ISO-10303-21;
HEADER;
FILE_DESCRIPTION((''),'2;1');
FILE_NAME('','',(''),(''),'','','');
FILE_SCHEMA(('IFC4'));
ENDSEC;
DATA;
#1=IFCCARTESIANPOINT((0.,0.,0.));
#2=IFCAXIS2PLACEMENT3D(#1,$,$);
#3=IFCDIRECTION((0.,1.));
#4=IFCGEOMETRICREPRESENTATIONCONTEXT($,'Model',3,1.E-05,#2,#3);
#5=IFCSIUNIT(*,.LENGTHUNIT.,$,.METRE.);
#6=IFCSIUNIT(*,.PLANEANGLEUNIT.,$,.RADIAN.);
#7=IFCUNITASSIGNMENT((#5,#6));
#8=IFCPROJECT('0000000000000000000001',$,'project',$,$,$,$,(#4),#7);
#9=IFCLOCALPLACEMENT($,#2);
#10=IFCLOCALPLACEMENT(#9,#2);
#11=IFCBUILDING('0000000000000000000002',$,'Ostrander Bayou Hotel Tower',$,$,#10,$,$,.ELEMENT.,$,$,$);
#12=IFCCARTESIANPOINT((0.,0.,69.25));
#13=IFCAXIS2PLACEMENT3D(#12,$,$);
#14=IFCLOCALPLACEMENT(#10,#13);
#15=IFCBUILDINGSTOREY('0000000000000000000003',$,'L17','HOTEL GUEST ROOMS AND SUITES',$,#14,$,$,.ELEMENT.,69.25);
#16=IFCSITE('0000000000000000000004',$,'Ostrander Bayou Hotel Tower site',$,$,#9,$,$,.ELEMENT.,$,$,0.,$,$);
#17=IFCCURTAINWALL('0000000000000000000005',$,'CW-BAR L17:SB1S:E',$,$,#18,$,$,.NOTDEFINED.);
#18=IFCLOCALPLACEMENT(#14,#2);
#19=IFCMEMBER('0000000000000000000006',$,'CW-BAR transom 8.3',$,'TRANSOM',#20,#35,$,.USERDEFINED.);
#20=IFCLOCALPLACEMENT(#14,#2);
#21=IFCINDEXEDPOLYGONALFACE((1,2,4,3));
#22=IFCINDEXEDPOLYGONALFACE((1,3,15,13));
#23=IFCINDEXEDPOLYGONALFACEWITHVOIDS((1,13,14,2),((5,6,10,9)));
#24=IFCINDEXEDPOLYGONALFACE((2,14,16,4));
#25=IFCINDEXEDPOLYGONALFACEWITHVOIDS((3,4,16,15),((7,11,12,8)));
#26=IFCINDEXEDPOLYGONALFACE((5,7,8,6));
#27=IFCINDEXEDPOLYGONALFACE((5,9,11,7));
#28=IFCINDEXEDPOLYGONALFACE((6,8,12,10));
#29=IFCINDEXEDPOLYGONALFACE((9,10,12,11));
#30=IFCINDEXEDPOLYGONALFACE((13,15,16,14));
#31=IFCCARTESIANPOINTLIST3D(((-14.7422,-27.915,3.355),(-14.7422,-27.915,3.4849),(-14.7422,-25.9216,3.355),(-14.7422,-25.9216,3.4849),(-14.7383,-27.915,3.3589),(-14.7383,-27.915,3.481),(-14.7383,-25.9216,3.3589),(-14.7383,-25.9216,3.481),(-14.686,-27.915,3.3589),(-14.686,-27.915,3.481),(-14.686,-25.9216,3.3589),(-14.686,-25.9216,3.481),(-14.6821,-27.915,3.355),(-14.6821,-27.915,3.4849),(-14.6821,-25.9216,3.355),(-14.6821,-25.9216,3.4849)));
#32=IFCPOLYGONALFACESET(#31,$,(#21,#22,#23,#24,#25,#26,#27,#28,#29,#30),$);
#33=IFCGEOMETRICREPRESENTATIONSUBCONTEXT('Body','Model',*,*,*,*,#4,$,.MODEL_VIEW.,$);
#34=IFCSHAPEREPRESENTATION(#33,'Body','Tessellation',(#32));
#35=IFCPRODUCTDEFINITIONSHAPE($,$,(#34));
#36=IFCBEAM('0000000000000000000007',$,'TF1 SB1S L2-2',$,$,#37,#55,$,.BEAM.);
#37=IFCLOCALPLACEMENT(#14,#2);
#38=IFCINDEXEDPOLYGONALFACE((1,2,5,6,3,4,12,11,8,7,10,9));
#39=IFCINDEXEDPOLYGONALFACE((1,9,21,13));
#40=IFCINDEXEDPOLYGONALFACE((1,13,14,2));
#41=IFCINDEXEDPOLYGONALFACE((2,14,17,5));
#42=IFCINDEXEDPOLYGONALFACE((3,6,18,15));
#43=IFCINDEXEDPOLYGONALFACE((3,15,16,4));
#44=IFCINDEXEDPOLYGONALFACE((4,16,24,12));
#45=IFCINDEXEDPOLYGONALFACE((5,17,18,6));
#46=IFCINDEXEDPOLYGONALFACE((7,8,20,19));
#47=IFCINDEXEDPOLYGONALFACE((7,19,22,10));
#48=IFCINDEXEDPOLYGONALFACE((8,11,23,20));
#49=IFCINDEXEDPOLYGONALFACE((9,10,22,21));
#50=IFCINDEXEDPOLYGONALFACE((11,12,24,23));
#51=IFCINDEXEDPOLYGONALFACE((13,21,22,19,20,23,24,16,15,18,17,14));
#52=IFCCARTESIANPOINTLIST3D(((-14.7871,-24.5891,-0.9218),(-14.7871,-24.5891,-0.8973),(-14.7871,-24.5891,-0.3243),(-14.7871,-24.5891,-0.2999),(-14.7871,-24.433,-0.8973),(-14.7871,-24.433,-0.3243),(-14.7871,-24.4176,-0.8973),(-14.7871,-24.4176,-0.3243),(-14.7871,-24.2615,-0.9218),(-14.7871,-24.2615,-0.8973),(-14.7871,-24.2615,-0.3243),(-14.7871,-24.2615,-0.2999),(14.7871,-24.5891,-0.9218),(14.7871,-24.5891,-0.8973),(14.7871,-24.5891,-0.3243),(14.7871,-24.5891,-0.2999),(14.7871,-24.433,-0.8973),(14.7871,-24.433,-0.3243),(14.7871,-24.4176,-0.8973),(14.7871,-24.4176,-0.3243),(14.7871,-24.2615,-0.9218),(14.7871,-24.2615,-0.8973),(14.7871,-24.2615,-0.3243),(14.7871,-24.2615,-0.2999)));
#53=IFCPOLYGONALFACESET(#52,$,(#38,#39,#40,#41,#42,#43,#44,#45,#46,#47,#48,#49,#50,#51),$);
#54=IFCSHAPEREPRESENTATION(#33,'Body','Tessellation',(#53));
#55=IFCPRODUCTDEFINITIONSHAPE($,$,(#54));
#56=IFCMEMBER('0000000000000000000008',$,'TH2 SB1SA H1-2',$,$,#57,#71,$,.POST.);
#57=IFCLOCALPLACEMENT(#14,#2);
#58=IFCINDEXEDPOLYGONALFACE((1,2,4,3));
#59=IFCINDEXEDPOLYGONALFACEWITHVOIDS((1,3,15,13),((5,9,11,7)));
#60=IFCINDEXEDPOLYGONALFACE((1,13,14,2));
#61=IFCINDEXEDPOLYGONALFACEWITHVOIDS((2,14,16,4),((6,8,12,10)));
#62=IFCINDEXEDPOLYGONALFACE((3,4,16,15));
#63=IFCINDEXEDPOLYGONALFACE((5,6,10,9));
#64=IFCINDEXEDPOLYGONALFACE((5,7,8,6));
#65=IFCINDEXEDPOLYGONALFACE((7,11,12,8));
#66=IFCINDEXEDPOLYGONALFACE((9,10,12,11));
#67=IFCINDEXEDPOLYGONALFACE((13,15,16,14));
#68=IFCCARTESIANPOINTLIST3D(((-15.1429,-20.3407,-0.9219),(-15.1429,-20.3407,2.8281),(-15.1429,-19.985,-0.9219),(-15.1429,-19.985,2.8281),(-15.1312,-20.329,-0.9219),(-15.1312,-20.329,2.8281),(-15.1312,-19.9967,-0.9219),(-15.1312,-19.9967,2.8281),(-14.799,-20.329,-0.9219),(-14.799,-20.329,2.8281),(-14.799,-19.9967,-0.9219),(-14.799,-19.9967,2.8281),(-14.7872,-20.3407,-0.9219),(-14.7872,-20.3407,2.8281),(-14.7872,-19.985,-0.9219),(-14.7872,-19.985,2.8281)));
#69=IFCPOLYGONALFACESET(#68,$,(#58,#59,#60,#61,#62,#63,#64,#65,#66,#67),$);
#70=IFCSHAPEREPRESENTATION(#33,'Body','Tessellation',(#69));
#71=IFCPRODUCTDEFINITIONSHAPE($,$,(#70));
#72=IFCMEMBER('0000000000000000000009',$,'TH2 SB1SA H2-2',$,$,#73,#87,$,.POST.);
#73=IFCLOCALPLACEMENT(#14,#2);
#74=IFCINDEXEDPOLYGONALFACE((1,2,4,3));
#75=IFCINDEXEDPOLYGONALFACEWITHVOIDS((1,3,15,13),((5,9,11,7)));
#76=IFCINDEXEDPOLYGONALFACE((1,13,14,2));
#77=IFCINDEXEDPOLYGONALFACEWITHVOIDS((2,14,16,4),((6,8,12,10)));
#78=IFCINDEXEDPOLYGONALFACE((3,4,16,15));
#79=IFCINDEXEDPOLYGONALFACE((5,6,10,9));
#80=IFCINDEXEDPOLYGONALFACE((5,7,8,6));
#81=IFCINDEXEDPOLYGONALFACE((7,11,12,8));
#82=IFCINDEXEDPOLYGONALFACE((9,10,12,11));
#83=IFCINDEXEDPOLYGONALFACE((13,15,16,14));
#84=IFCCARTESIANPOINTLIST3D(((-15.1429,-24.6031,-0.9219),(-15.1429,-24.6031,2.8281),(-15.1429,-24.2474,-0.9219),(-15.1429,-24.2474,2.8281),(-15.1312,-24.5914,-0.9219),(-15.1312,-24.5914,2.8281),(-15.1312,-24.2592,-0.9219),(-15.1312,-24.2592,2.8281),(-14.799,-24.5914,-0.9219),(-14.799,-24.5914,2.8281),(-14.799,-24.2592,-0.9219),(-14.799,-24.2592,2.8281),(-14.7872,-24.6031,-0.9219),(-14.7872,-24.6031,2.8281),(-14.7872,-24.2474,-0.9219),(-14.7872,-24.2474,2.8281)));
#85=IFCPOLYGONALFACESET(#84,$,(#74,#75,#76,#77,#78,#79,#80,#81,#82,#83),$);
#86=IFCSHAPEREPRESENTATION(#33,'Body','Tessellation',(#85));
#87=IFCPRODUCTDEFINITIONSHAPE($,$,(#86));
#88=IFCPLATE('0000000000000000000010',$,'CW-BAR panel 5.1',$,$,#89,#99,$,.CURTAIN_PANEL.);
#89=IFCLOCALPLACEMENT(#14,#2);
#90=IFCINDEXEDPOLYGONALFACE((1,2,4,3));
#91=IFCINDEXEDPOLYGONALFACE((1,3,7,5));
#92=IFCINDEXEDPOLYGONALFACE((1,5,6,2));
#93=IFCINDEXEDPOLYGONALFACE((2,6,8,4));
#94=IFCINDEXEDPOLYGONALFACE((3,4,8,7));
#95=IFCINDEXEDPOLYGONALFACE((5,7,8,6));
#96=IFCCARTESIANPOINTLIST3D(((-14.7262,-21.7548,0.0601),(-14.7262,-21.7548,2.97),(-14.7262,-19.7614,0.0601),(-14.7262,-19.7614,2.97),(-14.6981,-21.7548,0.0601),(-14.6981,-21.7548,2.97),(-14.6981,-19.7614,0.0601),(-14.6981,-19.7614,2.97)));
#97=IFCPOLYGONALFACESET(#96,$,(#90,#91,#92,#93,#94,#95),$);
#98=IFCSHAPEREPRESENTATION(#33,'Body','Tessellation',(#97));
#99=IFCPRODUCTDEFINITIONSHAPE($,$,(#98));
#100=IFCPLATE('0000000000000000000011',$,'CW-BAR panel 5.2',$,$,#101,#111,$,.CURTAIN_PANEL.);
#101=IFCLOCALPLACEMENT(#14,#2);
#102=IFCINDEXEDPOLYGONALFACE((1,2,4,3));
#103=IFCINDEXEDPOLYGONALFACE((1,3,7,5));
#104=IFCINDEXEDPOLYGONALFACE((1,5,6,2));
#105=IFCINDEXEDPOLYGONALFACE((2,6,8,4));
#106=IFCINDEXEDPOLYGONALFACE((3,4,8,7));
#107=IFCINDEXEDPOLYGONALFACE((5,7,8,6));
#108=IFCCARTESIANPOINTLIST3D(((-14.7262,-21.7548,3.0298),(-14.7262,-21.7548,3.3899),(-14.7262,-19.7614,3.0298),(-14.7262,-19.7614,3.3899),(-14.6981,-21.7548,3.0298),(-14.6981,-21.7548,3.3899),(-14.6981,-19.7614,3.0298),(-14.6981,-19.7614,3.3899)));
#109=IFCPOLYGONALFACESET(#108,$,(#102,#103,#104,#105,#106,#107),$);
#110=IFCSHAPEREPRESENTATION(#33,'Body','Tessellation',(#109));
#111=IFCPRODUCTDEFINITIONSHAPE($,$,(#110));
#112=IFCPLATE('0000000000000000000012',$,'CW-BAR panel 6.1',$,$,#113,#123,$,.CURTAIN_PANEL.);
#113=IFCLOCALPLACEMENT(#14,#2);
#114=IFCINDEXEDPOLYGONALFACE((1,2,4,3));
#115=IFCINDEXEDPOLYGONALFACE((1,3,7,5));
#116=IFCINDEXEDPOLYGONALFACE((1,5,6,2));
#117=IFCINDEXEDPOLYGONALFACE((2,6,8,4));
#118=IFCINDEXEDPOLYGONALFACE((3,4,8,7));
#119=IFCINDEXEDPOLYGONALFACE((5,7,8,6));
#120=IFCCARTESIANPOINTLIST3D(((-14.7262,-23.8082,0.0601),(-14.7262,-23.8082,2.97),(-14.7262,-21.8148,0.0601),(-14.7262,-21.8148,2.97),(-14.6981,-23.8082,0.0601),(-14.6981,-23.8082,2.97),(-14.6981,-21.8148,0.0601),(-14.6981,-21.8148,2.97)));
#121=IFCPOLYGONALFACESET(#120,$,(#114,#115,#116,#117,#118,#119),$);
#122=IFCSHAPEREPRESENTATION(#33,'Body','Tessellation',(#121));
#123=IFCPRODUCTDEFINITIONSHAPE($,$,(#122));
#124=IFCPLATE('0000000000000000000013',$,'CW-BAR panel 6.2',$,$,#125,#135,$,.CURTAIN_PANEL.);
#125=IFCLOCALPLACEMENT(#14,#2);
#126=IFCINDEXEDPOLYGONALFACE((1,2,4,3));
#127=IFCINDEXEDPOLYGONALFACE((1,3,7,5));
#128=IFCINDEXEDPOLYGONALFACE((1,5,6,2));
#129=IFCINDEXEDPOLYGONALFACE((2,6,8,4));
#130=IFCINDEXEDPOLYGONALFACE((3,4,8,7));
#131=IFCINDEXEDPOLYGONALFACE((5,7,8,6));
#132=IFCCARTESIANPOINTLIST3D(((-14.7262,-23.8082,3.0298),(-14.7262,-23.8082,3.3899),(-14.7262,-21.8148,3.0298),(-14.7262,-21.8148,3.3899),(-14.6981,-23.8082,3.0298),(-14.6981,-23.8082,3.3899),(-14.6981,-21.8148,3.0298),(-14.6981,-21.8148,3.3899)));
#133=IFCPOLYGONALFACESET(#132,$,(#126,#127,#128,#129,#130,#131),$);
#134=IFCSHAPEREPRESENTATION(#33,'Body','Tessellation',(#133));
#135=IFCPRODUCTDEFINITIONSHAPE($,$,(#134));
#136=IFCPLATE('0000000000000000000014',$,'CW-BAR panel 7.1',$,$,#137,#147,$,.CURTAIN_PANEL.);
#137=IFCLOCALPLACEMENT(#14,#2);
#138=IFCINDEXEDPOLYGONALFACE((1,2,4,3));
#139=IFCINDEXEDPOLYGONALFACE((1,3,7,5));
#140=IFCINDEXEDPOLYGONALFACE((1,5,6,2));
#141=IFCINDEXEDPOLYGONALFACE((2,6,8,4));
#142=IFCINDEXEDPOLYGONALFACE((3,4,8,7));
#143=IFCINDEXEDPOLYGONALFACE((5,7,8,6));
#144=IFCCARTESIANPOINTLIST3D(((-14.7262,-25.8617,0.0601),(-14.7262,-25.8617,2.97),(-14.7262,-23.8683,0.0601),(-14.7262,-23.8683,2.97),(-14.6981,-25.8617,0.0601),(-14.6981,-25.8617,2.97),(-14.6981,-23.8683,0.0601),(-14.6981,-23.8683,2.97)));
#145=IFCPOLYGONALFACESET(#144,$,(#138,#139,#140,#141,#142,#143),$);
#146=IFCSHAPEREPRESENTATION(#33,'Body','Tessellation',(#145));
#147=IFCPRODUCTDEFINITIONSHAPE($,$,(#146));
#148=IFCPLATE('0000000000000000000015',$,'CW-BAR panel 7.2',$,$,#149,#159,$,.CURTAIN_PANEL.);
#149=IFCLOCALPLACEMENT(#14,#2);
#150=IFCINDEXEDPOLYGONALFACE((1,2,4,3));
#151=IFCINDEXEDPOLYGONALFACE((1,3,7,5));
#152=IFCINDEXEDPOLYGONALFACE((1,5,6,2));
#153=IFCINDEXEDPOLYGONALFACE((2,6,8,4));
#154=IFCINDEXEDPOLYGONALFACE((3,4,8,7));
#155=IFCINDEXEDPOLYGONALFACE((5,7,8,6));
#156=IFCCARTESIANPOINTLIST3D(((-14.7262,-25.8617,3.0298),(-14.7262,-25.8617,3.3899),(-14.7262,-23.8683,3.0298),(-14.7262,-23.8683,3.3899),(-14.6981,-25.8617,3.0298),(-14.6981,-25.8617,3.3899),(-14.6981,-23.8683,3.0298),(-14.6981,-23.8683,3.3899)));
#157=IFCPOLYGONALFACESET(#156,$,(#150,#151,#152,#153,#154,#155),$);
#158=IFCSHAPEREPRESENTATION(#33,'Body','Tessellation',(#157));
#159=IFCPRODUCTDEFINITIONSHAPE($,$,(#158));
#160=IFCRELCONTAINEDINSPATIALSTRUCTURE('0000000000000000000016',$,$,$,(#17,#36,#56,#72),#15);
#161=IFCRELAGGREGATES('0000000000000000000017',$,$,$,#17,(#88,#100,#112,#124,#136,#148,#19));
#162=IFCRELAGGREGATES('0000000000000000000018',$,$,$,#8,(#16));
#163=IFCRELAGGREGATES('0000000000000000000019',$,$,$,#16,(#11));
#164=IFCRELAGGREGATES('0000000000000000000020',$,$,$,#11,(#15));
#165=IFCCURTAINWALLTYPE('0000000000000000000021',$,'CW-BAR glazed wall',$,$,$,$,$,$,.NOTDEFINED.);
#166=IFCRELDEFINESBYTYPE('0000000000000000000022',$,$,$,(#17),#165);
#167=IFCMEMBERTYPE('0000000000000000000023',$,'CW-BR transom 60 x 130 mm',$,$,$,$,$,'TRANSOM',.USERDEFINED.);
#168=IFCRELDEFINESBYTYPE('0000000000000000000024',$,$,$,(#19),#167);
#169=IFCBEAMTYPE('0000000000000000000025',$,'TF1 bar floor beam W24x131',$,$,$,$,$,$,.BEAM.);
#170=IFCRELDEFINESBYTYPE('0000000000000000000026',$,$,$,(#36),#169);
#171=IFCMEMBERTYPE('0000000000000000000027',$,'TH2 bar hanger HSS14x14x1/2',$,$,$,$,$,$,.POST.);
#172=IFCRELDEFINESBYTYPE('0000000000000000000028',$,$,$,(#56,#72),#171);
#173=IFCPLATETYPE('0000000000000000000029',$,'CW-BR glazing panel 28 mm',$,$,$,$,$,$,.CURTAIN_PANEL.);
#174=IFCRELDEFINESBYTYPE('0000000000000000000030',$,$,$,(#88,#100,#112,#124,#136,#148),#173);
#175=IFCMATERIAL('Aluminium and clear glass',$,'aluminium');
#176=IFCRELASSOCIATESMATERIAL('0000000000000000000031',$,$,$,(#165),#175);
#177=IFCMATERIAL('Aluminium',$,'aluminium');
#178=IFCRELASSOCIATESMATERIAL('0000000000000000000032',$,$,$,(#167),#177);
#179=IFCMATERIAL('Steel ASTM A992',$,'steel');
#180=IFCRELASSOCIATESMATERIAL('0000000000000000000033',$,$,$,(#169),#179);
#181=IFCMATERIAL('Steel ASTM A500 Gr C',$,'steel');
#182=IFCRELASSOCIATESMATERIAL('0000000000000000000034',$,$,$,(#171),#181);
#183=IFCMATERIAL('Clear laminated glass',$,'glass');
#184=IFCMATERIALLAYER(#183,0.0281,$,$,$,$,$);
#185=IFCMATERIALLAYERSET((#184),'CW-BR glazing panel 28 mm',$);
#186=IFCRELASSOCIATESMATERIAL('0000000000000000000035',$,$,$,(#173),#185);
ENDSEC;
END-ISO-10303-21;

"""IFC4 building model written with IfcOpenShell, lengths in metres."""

from ifc_helpers import new_model, si_unit, direction, frame, origin, origin_2d, place, context, subcontext, project, spatial, rectangle, hollow_rectangle, i_section, extrude, material, layer, layer_set, material_profile, profile_set, type_object, element, aggregate, save


model = new_model("IFC4")

# Units and contexts
model_context = context("Model", 3, precision=1e-05, world=origin(), true_north=direction((0.0, 1.0)))
body_context = subcontext(model_context, "Body", "Model", "MODEL_VIEW")
ifc_project = project(units=[si_unit("LENGTHUNIT", "METRE"), si_unit("PLANEANGLEUNIT", "RADIAN")], contexts=[model_context])

# Site, building, storey
site_placement = place(None, origin())
site = spatial("IfcSite", under=ifc_project, at=site_placement, Name="Ostrander Bayou Hotel Tower site", CompositionType="ELEMENT", RefElevation=0.0)
building_placement = place(site_placement, origin())
building = spatial("IfcBuilding", under=site, at=building_placement, Name="Ostrander Bayou Hotel Tower", CompositionType="ELEMENT")
storey_placement = place(building_placement, frame((0.0, 0.0, 69.25)))
storey = spatial("IfcBuildingStorey", under=building, at=storey_placement, Name="L17", Description="HOTEL GUEST ROOMS AND SUITES", CompositionType="ELEMENT", Elevation=69.25)

# Curtain wall, member
ifc_material_1 = material(Name="Aluminium and clear glass", Category="aluminium")
curtain_wall_type = type_object("IfcCurtainWallType", Name="CW-BAR glazed wall", PredefinedType="NOTDEFINED", material=ifc_material_1)
curtain_wall_placement = place(storey_placement, origin())
curtain_wall = element("IfcCurtainWall", 1, at=curtain_wall_placement, inside=storey, type_object=curtain_wall_type, Name="CW-BAR L17:SB1S:E", PredefinedType="NOTDEFINED")
ifc_material_2 = material(Name="Aluminium", Category="aluminium")
ifc_material_profile_1 = material_profile(ifc_material_2, hollow_rectangle(XDim=0.0601, YDim=0.1299, WallThickness=0.0039, at=origin_2d()))
ifc_profile_set_1 = profile_set([ifc_material_profile_1], Name="Aluminium")
member_type_1 = type_object("IfcMemberType", Name="CW-BR transom 60 x 130 mm", ElementType="TRANSOM", PredefinedType="USERDEFINED", material=ifc_profile_set_1)
member_1_placement = place(storey_placement, frame((-14.7122, -25.9216, 3.4199), z_axis=(0.0, -1.0, 0.0), x_axis=(1.0, 0.0, 0.0)))
member_1 = element("IfcMember", 2, at=member_1_placement, type_object=member_type_1, Name="CW-BAR transom 8.3", ObjectType="TRANSOM", PredefinedType="USERDEFINED", context=body_context, shape_type="SweptSolid", body=[
    extrude(hollow_rectangle(XDim=0.0601, YDim=0.1299, WallThickness=0.0039, at=origin_2d()), origin(), (0.0, 0.0, 1.0), 1.9934),
])

# Beam
ifc_material_3 = material(Name="Steel ASTM A992", Category="steel")
ifc_material_profile_2 = material_profile(ifc_material_3, i_section(OverallWidth=0.3276, OverallDepth=0.6218, WebThickness=0.0154, FlangeThickness=0.0244, at=origin_2d()))
ifc_profile_set_2 = profile_set([ifc_material_profile_2], Name="Steel ASTM A992")
beam_type = type_object("IfcBeamType", Name="TF1 bar floor beam W24x131", PredefinedType="BEAM", material=ifc_profile_set_2)
beam_placement = place(storey_placement, frame((-14.7871, -24.4253, -0.6108), z_axis=(1.0, 0.0, 0.0), x_axis=(0.0, 1.0, 0.0)))
element("IfcBeam", 3, at=beam_placement, inside=storey, type_object=beam_type, Name="TF1 SB1S L2-2", PredefinedType="BEAM", context=body_context, shape_type="SweptSolid", body=[
    extrude(i_section(OverallWidth=0.3276, OverallDepth=0.6218, WebThickness=0.0154, FlangeThickness=0.0244, at=origin_2d()), origin(), (0.0, 0.0, 1.0), 29.5742),
])

# Members
ifc_material_4 = material(Name="Steel ASTM A500 Gr C", Category="steel")
ifc_material_profile_3 = material_profile(ifc_material_4, hollow_rectangle(XDim=0.3557, YDim=0.3557, WallThickness=0.0117, at=origin_2d()))
ifc_profile_set_3 = profile_set([ifc_material_profile_3], Name="Steel ASTM A500 Gr C")
member_type_2 = type_object("IfcMemberType", Name="TH2 bar hanger HSS14x14x1/2", PredefinedType="POST", material=ifc_profile_set_3)
for number, where, z_axis, x_axis, name in (
    (4, (-14.9651, -20.1628, -0.9219), (0.0, 0.0, 1.0), (1.0, 0.0, 0.0), "TH2 SB1SA H1-2"),
    (5, (-14.9651, -24.4253, -0.9219), (0.0, 0.0, 1.0), (1.0, 0.0, 0.0), "TH2 SB1SA H2-2"),
):
    element("IfcMember", number, at=place(storey_placement, frame(where, z_axis=z_axis, x_axis=x_axis)), inside=storey, type_object=member_type_2, Name=name, PredefinedType="POST", context=body_context, shape_type="SweptSolid", body=[
        extrude(hollow_rectangle(XDim=0.3557, YDim=0.3557, WallThickness=0.0117, at=origin_2d()), origin(), (0.0, 0.0, 1.0), 3.75),
    ])

# Plates
ifc_material_5 = material(Name="Clear laminated glass", Category="glass")
ifc_layer = layer(ifc_material_5, 0.0281)
ifc_layer_set = layer_set([ifc_layer], Name="CW-BR glazing panel 28 mm")
plate_type = type_object("IfcPlateType", Name="CW-BR glazing panel 28 mm", PredefinedType="CURTAIN_PANEL", material=ifc_layer_set)
plate_1_placement = place(storey_placement, frame((-14.7122, -20.7581, 0.0601), z_axis=(0.0, 0.0, 1.0), x_axis=(0.0, -1.0, 0.0)))
plate_1 = element("IfcPlate", 6, at=plate_1_placement, type_object=plate_type, Name="CW-BAR panel 5.1", PredefinedType="CURTAIN_PANEL", context=body_context, shape_type="SweptSolid", body=[
    extrude(rectangle(XDim=1.9934, YDim=0.0281, at=origin_2d()), origin(), (0.0, 0.0, 1.0), 2.9099),
])
plate_2_placement = place(storey_placement, frame((-14.7122, -20.7581, 3.0298), z_axis=(0.0, 0.0, 1.0), x_axis=(0.0, -1.0, 0.0)))
plate_2 = element("IfcPlate", 7, at=plate_2_placement, type_object=plate_type, Name="CW-BAR panel 5.2", PredefinedType="CURTAIN_PANEL", context=body_context, shape_type="SweptSolid", body=[
    extrude(rectangle(XDim=1.9934, YDim=0.0281, at=origin_2d()), origin(), (0.0, 0.0, 1.0), 0.3601),
])
plate_3_placement = place(storey_placement, frame((-14.7122, -22.8115, 0.0601), z_axis=(0.0, 0.0, 1.0), x_axis=(0.0, -1.0, 0.0)))
plate_3 = element("IfcPlate", 8, at=plate_3_placement, type_object=plate_type, Name="CW-BAR panel 6.1", PredefinedType="CURTAIN_PANEL", context=body_context, shape_type="SweptSolid", body=[
    extrude(rectangle(XDim=1.9934, YDim=0.0281, at=origin_2d()), origin(), (0.0, 0.0, 1.0), 2.9099),
])
plate_4_placement = place(storey_placement, frame((-14.7122, -22.8115, 3.0298), z_axis=(0.0, 0.0, 1.0), x_axis=(0.0, -1.0, 0.0)))
plate_4 = element("IfcPlate", 9, at=plate_4_placement, type_object=plate_type, Name="CW-BAR panel 6.2", PredefinedType="CURTAIN_PANEL", context=body_context, shape_type="SweptSolid", body=[
    extrude(rectangle(XDim=1.9934, YDim=0.0281, at=origin_2d()), origin(), (0.0, 0.0, 1.0), 0.3601),
])
plate_5_placement = place(storey_placement, frame((-14.7122, -24.865, 0.0601), z_axis=(0.0, 0.0, 1.0), x_axis=(0.0, -1.0, 0.0)))
plate_5 = element("IfcPlate", 10, at=plate_5_placement, type_object=plate_type, Name="CW-BAR panel 7.1", PredefinedType="CURTAIN_PANEL", context=body_context, shape_type="SweptSolid", body=[
    extrude(rectangle(XDim=1.9934, YDim=0.0281, at=origin_2d()), origin(), (0.0, 0.0, 1.0), 2.9099),
])
plate_6_placement = place(storey_placement, frame((-14.7122, -24.865, 3.0298), z_axis=(0.0, 0.0, 1.0), x_axis=(0.0, -1.0, 0.0)))
plate_6 = element("IfcPlate", 11, at=plate_6_placement, type_object=plate_type, Name="CW-BAR panel 7.2", PredefinedType="CURTAIN_PANEL", context=body_context, shape_type="SweptSolid", body=[
    extrude(rectangle(XDim=1.9934, YDim=0.0281, at=origin_2d()), origin(), (0.0, 0.0, 1.0), 0.3601),
])
aggregate(curtain_wall, [plate_1, plate_2, plate_3, plate_4, plate_5, plate_6, member_1])

save(model, "model.ifc")
